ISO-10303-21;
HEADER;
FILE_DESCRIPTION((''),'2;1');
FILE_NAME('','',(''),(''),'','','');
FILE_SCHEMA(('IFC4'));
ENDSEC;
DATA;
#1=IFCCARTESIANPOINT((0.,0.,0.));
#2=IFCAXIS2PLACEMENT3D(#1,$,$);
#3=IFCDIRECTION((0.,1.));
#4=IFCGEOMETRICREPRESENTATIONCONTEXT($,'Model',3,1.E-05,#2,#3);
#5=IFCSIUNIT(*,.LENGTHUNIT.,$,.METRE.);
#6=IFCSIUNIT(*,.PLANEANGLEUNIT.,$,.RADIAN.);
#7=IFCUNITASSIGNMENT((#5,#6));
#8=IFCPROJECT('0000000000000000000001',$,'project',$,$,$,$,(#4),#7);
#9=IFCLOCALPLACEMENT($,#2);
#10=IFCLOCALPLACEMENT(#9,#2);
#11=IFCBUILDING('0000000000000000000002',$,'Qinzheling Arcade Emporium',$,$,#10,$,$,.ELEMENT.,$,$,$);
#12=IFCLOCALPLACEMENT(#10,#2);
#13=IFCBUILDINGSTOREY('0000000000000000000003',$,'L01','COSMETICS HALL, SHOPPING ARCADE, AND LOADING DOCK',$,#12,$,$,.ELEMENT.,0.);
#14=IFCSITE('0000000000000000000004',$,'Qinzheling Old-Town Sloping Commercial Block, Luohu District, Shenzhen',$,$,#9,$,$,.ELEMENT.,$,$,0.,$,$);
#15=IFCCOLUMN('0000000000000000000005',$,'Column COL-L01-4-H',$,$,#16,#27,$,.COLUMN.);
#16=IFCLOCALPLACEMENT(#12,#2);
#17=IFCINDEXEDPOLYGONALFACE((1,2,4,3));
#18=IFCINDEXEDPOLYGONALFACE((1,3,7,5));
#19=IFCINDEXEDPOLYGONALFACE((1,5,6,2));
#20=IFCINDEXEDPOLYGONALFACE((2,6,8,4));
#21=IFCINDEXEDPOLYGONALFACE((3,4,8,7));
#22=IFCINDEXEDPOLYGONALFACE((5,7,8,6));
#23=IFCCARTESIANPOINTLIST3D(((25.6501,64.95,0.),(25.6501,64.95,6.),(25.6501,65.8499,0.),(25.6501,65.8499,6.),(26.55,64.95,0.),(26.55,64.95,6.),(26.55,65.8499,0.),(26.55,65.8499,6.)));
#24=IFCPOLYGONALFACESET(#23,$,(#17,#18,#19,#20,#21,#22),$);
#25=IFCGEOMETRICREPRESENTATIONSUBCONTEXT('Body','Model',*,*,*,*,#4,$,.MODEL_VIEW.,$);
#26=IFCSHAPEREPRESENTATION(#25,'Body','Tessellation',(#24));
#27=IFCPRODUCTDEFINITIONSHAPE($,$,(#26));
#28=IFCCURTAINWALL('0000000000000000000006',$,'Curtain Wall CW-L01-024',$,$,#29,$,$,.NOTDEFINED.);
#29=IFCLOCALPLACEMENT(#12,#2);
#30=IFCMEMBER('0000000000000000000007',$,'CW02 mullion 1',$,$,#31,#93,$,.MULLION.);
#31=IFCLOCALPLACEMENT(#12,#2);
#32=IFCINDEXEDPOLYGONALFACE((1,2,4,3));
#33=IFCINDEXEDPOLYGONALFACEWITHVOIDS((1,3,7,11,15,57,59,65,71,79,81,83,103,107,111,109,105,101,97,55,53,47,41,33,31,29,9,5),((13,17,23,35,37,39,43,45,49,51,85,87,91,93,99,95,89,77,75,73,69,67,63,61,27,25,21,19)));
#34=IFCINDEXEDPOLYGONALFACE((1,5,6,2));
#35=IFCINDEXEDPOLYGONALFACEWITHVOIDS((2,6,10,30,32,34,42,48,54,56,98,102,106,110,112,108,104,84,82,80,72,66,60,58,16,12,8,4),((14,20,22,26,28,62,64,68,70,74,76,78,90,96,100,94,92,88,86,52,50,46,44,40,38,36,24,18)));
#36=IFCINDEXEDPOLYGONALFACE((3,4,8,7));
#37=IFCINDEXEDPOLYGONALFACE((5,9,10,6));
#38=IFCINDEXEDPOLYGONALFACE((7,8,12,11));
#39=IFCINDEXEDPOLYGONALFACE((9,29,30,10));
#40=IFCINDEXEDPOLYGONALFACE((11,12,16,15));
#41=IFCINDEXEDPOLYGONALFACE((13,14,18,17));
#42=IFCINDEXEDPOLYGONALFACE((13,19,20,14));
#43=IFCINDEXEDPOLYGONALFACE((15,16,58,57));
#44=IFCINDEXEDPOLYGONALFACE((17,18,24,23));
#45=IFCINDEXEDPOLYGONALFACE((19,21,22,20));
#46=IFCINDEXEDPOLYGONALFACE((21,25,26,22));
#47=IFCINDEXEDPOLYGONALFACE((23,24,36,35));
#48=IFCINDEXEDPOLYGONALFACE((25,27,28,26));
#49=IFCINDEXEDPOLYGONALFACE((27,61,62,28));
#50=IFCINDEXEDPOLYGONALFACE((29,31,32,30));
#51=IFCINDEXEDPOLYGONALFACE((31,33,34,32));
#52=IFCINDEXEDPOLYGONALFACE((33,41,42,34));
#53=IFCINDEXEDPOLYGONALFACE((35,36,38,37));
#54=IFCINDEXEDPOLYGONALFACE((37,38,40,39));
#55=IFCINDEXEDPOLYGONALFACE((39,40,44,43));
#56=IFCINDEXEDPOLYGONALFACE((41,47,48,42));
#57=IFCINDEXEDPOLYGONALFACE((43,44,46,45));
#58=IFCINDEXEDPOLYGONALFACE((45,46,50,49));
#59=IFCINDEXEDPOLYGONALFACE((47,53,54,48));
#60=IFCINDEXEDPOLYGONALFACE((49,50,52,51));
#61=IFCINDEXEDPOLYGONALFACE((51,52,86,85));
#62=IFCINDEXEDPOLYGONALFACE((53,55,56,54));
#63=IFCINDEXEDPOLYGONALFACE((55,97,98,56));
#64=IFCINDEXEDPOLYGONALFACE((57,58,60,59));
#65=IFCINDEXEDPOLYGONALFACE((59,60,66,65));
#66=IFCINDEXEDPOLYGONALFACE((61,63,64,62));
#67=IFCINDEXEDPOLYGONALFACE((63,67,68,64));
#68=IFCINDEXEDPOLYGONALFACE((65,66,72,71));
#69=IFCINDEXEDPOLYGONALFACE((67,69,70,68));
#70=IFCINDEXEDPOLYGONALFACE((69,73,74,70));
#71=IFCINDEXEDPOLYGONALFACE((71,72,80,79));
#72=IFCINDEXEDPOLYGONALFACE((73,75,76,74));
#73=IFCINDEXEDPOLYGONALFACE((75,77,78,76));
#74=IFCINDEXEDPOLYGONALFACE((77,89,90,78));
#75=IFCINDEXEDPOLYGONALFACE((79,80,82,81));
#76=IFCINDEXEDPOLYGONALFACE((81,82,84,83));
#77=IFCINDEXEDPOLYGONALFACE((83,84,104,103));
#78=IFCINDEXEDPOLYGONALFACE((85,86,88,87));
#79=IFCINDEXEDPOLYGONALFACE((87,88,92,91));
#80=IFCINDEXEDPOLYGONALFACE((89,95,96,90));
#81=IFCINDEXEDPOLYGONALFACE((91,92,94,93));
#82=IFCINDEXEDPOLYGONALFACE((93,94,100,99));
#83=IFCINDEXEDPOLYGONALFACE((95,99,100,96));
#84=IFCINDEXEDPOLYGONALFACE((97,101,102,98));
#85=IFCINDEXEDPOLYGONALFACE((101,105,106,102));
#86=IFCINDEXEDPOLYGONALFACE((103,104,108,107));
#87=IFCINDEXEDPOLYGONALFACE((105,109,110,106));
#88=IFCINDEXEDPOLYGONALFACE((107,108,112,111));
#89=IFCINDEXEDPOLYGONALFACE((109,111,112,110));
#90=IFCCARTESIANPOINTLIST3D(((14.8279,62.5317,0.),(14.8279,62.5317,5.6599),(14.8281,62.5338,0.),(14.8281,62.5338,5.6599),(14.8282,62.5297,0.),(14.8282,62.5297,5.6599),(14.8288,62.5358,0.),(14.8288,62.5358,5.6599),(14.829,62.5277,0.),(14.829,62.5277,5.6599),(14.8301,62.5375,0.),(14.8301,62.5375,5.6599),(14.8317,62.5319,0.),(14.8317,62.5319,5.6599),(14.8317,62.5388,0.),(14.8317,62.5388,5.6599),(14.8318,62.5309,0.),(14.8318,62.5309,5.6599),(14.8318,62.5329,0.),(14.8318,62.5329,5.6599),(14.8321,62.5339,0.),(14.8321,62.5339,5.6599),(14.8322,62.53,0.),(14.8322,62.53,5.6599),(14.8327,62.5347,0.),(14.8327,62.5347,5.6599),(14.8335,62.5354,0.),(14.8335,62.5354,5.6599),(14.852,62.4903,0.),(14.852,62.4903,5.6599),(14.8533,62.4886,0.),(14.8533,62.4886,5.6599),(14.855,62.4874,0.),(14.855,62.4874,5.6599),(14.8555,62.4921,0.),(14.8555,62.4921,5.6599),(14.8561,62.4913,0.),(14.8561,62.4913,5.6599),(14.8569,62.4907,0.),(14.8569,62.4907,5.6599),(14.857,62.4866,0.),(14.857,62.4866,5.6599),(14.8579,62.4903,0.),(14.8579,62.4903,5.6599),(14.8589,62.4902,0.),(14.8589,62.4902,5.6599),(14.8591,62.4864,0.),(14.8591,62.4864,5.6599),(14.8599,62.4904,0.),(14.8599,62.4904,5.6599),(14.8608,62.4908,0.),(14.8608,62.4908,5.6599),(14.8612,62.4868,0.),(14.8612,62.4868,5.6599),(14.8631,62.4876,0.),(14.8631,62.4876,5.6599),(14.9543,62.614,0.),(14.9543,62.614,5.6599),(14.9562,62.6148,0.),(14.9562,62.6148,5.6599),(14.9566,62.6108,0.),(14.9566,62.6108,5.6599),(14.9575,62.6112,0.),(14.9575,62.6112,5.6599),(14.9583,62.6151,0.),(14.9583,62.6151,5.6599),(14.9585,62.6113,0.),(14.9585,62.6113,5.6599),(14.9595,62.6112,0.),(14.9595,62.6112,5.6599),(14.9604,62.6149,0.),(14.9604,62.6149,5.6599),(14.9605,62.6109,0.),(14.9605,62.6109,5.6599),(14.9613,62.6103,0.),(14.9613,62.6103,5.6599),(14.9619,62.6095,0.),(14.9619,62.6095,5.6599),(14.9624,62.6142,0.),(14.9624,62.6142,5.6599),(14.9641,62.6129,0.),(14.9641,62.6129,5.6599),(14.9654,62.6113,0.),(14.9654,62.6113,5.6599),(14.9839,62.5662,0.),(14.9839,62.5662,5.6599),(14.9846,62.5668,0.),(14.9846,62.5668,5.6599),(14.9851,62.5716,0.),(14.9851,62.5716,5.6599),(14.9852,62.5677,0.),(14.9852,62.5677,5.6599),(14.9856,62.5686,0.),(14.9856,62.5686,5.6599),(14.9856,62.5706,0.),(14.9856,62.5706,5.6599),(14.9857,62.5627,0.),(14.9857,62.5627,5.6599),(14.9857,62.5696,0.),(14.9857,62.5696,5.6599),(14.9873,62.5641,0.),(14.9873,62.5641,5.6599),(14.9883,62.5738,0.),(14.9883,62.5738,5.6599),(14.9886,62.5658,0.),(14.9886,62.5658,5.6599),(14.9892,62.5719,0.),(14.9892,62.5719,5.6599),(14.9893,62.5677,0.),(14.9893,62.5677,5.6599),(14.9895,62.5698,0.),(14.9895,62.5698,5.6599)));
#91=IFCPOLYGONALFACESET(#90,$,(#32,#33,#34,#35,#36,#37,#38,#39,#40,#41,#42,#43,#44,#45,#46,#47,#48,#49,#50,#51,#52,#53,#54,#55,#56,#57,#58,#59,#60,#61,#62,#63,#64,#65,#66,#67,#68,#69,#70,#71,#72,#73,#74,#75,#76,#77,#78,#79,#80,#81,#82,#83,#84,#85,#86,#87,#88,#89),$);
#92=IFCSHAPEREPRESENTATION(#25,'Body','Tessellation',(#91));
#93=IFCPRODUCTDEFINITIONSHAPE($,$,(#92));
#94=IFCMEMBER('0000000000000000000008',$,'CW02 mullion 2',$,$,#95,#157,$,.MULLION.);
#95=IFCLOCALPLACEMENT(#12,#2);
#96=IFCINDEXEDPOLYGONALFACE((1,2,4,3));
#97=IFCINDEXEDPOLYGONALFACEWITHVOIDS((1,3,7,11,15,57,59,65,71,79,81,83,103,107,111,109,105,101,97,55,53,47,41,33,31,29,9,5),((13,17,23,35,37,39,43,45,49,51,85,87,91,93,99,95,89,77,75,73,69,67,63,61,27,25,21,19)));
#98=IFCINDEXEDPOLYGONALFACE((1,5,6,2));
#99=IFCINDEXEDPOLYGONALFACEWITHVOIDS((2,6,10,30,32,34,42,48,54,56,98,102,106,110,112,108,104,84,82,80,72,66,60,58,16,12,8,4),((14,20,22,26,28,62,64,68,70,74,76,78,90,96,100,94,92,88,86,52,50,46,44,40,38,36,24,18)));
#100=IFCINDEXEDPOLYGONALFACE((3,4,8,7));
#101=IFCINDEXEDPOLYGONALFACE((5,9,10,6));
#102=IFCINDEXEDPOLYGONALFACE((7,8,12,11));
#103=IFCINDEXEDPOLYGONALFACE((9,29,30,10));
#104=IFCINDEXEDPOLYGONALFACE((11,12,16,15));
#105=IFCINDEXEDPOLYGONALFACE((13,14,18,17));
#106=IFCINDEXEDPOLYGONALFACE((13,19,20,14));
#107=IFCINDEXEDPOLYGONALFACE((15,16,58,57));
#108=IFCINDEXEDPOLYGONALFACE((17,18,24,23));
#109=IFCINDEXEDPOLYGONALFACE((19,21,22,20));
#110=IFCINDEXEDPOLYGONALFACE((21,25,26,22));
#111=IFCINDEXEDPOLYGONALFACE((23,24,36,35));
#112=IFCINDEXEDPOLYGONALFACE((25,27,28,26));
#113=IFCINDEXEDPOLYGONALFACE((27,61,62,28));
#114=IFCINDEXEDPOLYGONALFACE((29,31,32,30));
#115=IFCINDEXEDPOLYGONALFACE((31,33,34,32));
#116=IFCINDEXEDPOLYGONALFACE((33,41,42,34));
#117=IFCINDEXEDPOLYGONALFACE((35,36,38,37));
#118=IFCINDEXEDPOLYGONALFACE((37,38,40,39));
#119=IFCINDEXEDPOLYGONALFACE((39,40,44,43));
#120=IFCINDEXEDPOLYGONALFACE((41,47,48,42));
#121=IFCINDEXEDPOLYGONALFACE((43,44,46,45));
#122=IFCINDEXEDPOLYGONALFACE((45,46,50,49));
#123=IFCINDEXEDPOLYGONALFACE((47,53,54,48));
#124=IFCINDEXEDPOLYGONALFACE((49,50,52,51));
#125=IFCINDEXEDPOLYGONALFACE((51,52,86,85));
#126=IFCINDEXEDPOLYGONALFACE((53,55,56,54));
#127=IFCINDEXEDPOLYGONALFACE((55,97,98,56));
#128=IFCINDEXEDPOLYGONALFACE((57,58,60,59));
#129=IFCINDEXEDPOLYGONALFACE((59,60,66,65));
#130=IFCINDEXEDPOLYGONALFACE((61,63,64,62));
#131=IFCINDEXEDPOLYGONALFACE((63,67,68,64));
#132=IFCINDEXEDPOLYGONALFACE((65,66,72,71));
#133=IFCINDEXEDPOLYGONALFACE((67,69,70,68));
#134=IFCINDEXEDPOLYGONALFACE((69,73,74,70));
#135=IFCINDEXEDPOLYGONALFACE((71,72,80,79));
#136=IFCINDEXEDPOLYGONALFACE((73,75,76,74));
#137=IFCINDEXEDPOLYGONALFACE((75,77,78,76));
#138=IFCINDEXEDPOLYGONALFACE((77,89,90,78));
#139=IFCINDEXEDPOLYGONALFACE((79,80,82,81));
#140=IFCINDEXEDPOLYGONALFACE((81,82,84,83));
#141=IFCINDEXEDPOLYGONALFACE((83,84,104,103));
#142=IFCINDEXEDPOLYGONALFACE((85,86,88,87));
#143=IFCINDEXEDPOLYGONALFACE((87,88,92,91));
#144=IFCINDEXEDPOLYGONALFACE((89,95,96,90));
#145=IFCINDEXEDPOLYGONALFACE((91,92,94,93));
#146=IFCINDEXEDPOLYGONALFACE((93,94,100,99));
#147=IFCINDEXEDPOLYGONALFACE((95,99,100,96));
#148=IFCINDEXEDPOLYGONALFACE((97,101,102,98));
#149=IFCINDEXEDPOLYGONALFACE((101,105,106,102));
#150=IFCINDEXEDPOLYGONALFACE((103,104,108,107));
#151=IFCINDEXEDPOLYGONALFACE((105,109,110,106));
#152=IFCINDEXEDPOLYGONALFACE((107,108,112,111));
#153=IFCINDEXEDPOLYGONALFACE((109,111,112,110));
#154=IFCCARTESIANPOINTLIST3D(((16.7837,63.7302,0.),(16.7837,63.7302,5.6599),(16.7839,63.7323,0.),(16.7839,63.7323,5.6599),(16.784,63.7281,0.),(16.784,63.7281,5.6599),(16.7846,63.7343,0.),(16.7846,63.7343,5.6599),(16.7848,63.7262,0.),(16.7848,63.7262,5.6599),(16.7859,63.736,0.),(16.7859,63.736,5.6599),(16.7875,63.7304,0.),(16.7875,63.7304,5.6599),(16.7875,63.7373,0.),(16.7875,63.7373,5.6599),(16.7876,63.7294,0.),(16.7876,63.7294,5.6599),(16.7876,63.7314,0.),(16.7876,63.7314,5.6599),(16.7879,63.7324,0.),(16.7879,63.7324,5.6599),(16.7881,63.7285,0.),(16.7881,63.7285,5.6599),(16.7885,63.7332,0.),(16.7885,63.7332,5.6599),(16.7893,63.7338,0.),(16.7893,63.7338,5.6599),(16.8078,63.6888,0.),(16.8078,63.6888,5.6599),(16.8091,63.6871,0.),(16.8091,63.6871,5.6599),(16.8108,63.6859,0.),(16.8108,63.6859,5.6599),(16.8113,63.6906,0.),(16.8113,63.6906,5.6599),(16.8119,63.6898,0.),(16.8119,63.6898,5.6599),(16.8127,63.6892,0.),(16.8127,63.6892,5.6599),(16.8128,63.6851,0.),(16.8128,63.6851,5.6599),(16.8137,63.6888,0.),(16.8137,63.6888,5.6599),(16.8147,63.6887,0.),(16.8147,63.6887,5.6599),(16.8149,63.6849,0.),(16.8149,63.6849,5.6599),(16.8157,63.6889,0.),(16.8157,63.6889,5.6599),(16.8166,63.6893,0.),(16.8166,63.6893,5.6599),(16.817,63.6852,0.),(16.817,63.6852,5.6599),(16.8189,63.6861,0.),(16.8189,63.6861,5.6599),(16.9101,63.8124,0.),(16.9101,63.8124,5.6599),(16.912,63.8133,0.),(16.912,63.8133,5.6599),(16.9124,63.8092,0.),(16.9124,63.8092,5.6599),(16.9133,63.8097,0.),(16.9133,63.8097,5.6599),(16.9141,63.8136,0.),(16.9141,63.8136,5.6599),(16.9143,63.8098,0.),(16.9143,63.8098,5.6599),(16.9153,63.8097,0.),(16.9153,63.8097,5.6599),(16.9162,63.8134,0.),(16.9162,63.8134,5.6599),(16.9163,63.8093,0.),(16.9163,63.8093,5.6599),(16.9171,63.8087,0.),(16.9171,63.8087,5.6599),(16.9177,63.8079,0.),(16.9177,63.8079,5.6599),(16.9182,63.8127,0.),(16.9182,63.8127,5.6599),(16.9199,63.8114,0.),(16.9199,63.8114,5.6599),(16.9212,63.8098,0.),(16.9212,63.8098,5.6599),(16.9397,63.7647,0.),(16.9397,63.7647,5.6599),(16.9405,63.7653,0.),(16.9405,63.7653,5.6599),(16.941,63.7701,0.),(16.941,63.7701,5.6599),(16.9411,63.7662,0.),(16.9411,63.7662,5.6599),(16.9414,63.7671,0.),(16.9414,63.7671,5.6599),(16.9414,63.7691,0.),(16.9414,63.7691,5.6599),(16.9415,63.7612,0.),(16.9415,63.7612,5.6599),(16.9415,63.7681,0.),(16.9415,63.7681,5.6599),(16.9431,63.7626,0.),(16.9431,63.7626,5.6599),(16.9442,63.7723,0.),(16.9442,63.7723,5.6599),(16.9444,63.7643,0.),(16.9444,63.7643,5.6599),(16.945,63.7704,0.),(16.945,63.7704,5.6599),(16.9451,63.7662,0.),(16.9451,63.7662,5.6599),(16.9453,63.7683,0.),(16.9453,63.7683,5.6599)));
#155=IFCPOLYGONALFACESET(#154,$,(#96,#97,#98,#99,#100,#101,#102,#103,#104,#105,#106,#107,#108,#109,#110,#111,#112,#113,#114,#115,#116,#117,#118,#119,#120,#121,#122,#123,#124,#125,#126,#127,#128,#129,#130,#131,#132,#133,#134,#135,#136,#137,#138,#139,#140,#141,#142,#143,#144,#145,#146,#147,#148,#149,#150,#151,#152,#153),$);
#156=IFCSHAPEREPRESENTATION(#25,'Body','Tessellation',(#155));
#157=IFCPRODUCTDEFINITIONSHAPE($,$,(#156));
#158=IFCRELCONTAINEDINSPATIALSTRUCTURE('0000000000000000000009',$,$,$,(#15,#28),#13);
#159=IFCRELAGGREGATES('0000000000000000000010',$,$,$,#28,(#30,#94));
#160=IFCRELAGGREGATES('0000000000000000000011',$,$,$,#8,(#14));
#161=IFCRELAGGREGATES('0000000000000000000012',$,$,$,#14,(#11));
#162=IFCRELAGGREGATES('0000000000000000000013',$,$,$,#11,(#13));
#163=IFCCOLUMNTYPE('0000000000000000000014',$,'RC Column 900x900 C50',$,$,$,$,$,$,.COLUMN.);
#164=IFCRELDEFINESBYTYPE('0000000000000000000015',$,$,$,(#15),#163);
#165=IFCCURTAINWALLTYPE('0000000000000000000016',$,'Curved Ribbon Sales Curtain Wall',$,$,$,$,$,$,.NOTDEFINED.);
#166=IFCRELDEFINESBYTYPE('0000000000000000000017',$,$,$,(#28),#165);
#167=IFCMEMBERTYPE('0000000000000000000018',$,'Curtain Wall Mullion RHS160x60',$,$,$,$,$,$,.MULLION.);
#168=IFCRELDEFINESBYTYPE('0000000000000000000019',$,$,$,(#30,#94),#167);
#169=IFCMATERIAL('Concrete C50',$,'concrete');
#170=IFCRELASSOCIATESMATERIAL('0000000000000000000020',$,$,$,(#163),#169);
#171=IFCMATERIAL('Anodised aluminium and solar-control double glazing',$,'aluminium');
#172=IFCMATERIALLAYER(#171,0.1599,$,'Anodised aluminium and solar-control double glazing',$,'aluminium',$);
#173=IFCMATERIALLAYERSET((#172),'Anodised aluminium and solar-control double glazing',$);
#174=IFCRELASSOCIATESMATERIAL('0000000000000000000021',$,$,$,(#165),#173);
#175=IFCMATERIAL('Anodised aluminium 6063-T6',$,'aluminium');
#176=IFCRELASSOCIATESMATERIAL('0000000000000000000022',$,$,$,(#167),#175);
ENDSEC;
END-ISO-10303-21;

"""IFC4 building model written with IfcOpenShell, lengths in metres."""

from ifc_helpers import new_model, si_unit, direction, frame, origin, origin_2d, place, context, subcontext, project, spatial, rectangle, hollow_rectangle, extrude, material, layer, layer_set, material_profile, profile_set, type_object, element, aggregate, save


model = new_model("IFC4")

# Units and contexts
model_context = context("Model", 3, precision=1e-05, world=origin(), true_north=direction((0.0, 1.0)))
body_context = subcontext(model_context, "Body", "Model", "MODEL_VIEW")
ifc_project = project(units=[si_unit("LENGTHUNIT", "METRE"), si_unit("PLANEANGLEUNIT", "RADIAN")], contexts=[model_context])

# Site, building, storey
site_placement = place(None, origin())
site = spatial("IfcSite", under=ifc_project, at=site_placement, Name="Qinzheling Old-Town Sloping Commercial Block, Luohu District, Shenzhen", CompositionType="ELEMENT", RefElevation=0.0)
building_placement = place(site_placement, origin())
building = spatial("IfcBuilding", under=site, at=building_placement, Name="Qinzheling Arcade Emporium", CompositionType="ELEMENT")
storey_placement = place(building_placement, origin())
storey = spatial("IfcBuildingStorey", under=building, at=storey_placement, Name="L01", Description="COSMETICS HALL, SHOPPING ARCADE, AND LOADING DOCK", CompositionType="ELEMENT", Elevation=0.0)

# Column
ifc_material_1 = material(Name="Concrete C50", Category="concrete")
ifc_material_profile_1 = material_profile(ifc_material_1, rectangle(XDim=0.8999, YDim=0.8999, at=origin_2d()), Name="RC 900x900", Category="concrete")
ifc_profile_set_1 = profile_set([ifc_material_profile_1], Name="Concrete C50")
column_type = type_object("IfcColumnType", Name="RC Column 900x900 C50", PredefinedType="COLUMN", material=ifc_profile_set_1)
column_placement = place(storey_placement, frame((26.1001, 65.3999, 0.0), z_axis=(0.0, 0.0, 1.0), x_axis=(1.0, 0.0, 0.0)))
element("IfcColumn", 1, at=column_placement, inside=storey, type_object=column_type, Name="Column COL-L01-4-H", PredefinedType="COLUMN", context=body_context, shape_type="SweptSolid", body=[
    extrude(rectangle(XDim=0.8999, YDim=0.8999, at=origin_2d()), origin(), (0.0, 0.0, 1.0), 6.0),
])

# Curtain wall, members
ifc_material_2 = material(Name="Anodised aluminium and solar-control double glazing", Category="aluminium")
ifc_layer_1 = layer(ifc_material_2, 0.1599, Name="Anodised aluminium and solar-control double glazing", Category="aluminium")
ifc_layer_set_1 = layer_set([ifc_layer_1], Name="Anodised aluminium and solar-control double glazing")
curtain_wall_type = type_object("IfcCurtainWallType", Name="Curved Ribbon Sales Curtain Wall", PredefinedType="NOTDEFINED", material=ifc_layer_set_1)
curtain_wall_1_placement = place(storey_placement, origin())
curtain_wall_1 = element("IfcCurtainWall", 2, at=curtain_wall_1_placement, inside=storey, type_object=curtain_wall_type, Name="Curtain Wall CW-L01-024", PredefinedType="NOTDEFINED")
ifc_material_3 = material(Name="Anodised aluminium 6063-T6", Category="aluminium")
ifc_material_profile_2 = material_profile(ifc_material_3, hollow_rectangle(XDim=0.0601, YDim=0.1599, WallThickness=0.0039, InnerFilletRadius=0.0039, OuterFilletRadius=0.0081, at=origin_2d()), Name="RHS 160x60x4", Category="aluminium")
ifc_profile_set_2 = profile_set([ifc_material_profile_2], Name="Anodised aluminium 6063-T6")
member_type_1 = type_object("IfcMemberType", Name="Curtain Wall Mullion RHS160x60", PredefinedType="MULLION", material=ifc_profile_set_2)
member_1_placement = place(storey_placement, frame((14.9087, 62.5508, 0.0), z_axis=(0.0, 0.0, 1.0), x_axis=(-0.522532, 0.85262, 0.0)))
member_1 = element("IfcMember", 3, at=member_1_placement, type_object=member_type_1, Name="CW02 mullion 1", PredefinedType="MULLION", context=body_context, shape_type="SweptSolid", body=[
    extrude(hollow_rectangle(XDim=0.0601, YDim=0.1599, WallThickness=0.0039, InnerFilletRadius=0.0039, OuterFilletRadius=0.0081, at=origin_2d()), origin(), (0.0, 0.0, 1.0), 5.6599),
])
member_2_placement = place(storey_placement, frame((16.8645, 63.7493, 0.0), z_axis=(0.0, 0.0, 1.0), x_axis=(-0.522532, 0.85262, 0.0)))
member_2 = element("IfcMember", 4, at=member_2_placement, type_object=member_type_1, Name="CW02 mullion 2", PredefinedType="MULLION", context=body_context, shape_type="SweptSolid", body=[
    extrude(hollow_rectangle(XDim=0.0601, YDim=0.1599, WallThickness=0.0039, InnerFilletRadius=0.0039, OuterFilletRadius=0.0081, at=origin_2d()), origin(), (0.0, 0.0, 1.0), 5.6599),
])

aggregate(curtain_wall_1, [member_1, member_2])

save(model, "model.ifc")
